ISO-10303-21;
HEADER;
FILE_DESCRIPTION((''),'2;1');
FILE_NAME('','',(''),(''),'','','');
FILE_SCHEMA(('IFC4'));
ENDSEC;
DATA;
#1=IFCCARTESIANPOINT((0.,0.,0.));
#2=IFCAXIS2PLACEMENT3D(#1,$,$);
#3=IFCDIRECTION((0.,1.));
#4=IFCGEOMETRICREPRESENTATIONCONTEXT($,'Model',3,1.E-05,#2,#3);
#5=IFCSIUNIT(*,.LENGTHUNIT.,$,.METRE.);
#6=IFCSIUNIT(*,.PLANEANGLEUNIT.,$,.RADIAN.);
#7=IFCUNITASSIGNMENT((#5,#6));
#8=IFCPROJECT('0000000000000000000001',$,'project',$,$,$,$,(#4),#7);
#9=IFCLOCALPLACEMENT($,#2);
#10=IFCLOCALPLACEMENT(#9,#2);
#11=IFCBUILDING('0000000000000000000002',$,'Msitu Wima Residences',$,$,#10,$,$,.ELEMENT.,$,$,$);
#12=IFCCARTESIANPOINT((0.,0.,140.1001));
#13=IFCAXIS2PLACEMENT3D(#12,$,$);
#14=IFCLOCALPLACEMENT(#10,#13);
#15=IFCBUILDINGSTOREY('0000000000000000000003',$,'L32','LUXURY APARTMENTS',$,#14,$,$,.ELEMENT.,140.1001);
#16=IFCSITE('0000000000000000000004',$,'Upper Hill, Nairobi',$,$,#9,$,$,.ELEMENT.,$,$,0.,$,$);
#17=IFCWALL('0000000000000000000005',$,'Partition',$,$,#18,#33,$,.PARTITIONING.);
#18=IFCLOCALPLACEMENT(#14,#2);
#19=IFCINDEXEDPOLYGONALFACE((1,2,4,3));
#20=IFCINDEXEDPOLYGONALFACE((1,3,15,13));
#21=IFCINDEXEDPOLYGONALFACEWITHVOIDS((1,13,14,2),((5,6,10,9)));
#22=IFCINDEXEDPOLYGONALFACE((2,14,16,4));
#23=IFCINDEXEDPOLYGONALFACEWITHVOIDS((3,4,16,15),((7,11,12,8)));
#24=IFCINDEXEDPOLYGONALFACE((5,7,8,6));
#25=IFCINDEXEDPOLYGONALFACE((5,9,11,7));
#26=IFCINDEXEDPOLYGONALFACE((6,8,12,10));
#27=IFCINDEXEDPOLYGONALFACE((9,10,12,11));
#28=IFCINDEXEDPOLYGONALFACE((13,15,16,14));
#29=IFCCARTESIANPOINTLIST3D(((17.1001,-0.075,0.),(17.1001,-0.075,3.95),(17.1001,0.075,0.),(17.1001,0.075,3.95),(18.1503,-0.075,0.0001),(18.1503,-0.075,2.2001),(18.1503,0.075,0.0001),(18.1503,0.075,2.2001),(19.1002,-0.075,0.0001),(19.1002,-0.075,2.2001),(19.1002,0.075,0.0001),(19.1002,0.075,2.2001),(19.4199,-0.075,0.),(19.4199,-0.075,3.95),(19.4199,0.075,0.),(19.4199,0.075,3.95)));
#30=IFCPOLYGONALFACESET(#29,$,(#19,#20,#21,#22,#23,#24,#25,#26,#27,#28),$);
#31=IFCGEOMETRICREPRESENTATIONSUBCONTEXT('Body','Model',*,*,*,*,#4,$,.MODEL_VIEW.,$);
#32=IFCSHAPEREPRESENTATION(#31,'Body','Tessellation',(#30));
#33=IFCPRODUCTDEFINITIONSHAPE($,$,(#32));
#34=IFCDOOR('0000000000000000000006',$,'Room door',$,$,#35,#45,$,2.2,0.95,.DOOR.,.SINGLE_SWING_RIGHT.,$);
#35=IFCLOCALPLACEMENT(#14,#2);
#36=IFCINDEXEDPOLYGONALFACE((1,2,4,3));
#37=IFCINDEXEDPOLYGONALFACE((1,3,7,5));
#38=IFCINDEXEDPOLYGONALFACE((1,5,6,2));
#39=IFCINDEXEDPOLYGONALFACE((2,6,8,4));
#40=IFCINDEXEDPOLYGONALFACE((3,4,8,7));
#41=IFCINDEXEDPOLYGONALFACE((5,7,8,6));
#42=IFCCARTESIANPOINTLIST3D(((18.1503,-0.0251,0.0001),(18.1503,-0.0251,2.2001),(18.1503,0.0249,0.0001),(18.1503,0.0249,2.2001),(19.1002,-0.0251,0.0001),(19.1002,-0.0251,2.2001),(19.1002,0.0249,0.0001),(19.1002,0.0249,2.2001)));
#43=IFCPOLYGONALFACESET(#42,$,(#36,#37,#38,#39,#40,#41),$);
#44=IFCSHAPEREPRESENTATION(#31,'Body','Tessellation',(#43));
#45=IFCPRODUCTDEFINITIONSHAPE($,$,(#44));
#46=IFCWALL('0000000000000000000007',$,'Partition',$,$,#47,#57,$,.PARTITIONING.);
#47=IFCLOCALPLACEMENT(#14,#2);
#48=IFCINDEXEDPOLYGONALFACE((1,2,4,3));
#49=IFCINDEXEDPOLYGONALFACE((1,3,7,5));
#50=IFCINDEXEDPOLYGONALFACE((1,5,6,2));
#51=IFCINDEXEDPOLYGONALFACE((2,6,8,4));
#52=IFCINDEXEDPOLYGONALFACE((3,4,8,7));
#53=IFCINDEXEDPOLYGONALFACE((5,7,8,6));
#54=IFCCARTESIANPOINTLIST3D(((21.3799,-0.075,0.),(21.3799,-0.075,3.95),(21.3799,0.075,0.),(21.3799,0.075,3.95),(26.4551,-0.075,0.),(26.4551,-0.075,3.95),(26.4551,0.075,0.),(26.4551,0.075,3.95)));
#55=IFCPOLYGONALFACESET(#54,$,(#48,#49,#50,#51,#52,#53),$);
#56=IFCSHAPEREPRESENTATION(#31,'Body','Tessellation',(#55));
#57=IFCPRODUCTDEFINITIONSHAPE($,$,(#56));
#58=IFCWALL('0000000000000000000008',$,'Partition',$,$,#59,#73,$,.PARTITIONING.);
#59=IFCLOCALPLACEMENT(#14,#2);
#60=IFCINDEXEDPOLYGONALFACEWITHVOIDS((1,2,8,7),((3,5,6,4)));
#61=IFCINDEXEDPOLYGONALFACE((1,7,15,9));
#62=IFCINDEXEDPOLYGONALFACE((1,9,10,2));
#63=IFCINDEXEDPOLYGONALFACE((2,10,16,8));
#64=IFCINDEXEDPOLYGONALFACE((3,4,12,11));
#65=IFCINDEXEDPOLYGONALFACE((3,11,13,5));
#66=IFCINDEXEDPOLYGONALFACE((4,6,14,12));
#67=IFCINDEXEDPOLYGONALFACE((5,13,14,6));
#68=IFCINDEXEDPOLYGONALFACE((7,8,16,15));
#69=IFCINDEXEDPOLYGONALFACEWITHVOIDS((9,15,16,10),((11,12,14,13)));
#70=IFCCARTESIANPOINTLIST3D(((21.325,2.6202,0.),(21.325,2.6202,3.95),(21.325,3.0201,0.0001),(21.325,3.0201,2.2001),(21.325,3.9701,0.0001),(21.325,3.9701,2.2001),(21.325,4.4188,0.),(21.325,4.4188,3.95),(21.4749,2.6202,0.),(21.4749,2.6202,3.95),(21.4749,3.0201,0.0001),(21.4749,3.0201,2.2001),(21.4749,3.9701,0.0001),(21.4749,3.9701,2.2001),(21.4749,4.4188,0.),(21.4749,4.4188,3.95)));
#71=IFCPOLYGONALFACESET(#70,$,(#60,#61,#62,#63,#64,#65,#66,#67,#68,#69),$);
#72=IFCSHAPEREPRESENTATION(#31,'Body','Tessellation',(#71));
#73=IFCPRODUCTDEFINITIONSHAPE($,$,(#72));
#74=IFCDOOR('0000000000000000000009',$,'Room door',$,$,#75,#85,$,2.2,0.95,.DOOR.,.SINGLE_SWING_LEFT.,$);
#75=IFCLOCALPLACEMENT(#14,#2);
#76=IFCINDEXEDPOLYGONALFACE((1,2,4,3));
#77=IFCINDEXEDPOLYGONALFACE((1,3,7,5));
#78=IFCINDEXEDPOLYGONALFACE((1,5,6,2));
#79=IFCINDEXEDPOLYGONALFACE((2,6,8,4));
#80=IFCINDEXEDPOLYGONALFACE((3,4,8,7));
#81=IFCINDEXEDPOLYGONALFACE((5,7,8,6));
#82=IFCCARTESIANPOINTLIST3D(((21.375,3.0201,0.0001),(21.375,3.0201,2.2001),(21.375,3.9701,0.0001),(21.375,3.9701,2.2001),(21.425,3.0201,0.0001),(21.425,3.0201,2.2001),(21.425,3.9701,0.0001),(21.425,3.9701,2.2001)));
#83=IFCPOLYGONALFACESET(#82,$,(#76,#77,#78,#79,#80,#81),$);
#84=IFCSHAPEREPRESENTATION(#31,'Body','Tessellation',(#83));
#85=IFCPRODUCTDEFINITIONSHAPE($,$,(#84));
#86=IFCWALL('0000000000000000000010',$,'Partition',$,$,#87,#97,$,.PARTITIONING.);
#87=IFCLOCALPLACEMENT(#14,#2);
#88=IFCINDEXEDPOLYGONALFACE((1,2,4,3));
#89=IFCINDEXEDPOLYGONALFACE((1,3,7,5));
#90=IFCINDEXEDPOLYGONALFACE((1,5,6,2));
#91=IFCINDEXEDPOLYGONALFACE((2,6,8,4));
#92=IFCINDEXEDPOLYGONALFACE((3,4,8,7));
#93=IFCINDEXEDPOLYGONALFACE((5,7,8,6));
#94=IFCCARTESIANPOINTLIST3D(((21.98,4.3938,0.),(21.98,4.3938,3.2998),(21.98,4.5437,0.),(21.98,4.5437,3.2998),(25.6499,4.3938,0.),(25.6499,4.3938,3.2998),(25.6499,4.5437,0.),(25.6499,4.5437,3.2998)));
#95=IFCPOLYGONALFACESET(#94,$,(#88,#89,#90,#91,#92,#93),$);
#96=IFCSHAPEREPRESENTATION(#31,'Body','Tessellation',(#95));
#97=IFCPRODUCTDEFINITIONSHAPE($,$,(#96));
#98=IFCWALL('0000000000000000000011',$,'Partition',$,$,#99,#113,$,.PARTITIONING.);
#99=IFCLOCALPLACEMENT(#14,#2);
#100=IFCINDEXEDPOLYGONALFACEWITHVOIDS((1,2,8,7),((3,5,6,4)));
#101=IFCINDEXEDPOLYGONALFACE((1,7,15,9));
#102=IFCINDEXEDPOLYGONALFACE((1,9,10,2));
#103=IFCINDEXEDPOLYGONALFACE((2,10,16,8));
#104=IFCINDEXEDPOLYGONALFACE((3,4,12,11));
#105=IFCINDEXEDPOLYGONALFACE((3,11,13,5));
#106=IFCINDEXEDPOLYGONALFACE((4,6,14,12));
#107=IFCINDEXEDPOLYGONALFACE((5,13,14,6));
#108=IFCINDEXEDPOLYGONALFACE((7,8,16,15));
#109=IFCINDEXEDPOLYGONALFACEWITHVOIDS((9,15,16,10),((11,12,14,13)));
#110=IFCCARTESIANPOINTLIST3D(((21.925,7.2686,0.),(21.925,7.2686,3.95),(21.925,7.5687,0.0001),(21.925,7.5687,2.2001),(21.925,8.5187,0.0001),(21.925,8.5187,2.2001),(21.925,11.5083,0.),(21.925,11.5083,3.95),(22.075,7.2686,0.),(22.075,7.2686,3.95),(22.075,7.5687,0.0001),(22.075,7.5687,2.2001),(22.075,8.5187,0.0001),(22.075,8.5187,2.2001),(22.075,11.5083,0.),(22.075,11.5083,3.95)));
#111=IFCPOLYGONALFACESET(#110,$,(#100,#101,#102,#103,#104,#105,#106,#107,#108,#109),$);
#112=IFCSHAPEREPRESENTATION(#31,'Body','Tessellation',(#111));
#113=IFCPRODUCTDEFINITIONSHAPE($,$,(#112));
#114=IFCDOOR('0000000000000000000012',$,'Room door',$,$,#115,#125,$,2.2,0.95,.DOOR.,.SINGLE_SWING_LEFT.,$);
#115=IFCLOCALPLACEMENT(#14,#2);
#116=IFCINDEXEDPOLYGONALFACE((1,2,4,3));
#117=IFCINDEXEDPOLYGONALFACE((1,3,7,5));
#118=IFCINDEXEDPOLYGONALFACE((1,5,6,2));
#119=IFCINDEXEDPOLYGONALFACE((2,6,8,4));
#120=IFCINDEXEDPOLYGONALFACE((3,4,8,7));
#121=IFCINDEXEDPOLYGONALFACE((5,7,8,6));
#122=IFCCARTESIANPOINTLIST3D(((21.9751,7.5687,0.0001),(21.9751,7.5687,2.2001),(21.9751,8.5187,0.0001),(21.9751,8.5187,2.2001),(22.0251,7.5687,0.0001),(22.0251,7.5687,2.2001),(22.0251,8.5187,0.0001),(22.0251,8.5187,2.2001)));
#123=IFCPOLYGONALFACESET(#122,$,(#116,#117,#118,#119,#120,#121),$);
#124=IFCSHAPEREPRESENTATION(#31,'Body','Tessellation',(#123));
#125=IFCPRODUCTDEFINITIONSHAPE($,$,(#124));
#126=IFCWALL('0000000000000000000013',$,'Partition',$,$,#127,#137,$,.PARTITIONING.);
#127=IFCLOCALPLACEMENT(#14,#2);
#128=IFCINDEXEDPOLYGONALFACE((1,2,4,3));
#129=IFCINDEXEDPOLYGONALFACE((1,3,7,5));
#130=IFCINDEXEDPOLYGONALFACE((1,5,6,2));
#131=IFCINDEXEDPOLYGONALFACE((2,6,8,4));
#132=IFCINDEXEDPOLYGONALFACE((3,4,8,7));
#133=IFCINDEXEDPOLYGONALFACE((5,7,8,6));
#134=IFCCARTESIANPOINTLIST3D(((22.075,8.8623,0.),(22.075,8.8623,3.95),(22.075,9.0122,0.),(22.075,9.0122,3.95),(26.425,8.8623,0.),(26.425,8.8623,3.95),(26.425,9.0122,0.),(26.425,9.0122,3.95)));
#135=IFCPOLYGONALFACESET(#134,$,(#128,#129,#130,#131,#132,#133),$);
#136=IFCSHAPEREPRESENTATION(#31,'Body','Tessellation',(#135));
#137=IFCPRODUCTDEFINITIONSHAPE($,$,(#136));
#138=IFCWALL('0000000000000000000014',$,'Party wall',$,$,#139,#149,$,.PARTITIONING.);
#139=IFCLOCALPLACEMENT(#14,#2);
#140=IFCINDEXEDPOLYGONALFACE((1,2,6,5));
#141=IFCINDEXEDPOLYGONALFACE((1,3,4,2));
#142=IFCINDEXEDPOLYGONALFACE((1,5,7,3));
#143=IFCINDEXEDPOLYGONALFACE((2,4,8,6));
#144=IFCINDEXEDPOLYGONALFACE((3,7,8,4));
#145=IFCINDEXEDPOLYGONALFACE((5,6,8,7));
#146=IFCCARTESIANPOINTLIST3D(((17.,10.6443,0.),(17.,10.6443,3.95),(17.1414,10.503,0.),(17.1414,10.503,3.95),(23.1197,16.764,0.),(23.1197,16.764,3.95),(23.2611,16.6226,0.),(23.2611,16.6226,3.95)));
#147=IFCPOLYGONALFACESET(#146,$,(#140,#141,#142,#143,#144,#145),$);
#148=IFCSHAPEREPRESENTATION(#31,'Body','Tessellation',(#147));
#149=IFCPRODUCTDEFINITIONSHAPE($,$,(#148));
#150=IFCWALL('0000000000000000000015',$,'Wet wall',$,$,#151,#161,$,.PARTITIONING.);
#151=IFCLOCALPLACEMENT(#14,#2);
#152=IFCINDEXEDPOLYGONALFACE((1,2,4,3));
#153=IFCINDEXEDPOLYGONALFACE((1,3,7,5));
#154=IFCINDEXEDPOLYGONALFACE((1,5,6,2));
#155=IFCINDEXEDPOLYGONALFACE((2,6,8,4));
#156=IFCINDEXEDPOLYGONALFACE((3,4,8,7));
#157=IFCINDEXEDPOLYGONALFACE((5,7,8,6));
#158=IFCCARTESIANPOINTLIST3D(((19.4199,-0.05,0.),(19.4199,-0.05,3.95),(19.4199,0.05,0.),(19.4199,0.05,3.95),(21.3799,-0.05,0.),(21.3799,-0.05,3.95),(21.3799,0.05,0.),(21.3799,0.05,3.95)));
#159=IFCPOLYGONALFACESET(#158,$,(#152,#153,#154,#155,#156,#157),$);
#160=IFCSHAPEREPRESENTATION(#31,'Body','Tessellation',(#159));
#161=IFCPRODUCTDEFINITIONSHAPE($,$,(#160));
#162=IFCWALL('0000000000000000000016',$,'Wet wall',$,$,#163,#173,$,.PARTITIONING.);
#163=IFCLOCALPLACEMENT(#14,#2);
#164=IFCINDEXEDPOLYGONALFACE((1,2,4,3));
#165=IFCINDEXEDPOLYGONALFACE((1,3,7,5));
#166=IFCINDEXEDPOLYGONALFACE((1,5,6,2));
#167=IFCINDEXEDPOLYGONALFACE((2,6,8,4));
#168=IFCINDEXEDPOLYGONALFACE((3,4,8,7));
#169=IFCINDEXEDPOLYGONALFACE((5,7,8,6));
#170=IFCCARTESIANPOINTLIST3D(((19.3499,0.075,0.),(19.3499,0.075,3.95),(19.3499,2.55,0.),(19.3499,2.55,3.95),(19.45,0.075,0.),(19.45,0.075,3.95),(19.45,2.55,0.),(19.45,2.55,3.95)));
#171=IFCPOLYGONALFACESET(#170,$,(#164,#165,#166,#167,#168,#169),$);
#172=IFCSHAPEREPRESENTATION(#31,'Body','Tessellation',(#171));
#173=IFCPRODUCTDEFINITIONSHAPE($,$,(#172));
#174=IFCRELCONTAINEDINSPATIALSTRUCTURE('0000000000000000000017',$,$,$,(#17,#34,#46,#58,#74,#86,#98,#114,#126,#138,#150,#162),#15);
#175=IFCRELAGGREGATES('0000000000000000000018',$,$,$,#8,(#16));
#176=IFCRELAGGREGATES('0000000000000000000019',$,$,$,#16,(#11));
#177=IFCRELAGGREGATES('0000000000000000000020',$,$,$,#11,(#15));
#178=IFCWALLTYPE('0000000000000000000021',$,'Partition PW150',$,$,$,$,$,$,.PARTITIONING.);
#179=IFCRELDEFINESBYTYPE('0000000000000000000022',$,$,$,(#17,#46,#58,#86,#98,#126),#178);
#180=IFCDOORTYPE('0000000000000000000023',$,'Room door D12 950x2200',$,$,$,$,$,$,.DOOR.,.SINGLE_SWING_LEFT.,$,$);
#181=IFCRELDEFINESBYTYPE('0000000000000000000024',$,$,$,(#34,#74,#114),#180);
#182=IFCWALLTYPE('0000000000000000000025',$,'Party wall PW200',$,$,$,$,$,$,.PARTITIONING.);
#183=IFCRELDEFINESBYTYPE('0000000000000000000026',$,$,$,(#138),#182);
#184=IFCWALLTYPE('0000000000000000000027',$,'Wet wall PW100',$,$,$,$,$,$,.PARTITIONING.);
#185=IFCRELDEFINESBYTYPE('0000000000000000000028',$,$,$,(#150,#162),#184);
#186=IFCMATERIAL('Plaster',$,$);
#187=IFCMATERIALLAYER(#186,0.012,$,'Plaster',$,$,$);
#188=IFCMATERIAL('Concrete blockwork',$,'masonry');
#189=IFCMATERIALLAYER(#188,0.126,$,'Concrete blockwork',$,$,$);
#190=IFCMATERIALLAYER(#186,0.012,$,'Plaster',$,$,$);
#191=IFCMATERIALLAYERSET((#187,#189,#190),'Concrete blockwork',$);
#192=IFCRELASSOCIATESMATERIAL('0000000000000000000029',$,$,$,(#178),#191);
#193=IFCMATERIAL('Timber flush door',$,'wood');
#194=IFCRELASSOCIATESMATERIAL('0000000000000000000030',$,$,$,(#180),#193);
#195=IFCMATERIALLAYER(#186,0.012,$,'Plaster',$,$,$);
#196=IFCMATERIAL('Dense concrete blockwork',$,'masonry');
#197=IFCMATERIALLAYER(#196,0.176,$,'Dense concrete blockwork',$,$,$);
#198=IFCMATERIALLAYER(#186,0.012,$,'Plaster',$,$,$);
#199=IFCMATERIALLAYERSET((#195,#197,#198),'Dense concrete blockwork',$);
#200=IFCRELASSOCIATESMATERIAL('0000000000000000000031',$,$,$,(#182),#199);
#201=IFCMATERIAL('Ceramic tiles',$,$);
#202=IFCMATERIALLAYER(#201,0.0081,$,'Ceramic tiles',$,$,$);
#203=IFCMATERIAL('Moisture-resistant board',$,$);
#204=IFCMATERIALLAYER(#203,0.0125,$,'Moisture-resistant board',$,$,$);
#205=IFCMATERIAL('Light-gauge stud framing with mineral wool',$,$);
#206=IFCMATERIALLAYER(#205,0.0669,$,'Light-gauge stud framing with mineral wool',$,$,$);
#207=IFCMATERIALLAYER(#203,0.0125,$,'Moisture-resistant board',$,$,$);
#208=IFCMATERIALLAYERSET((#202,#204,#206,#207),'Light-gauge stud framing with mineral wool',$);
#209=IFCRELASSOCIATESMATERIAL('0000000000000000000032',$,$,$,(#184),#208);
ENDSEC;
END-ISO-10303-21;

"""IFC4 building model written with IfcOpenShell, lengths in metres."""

from ifc_helpers import new_model, si_unit, direction, frame, frame_2d, origin, place, context, subcontext, project, spatial, rectangle, extrude, material, layer, layer_set, type_object, element, fill, save


model = new_model("IFC4")

# Units and contexts
model_context = context("Model", 3, precision=1e-05, world=origin(), true_north=direction((0.0, 1.0)))
body_context = subcontext(model_context, "Body", "Model", "MODEL_VIEW")
ifc_project = project(units=[si_unit("LENGTHUNIT", "METRE"), si_unit("PLANEANGLEUNIT", "RADIAN")], contexts=[model_context])

# Site, building, storey
site_placement = place(None, origin())
site = spatial("IfcSite", under=ifc_project, at=site_placement, Name="Upper Hill, Nairobi", CompositionType="ELEMENT", RefElevation=0.0)
building_placement = place(site_placement, origin())
building = spatial("IfcBuilding", under=site, at=building_placement, Name="Msitu Wima Residences", CompositionType="ELEMENT")
storey_placement = place(building_placement, frame((0.0, 0.0, 140.1001)))
storey = spatial("IfcBuildingStorey", under=building, at=storey_placement, Name="L32", Description="LUXURY APARTMENTS", CompositionType="ELEMENT", Elevation=140.1001)

# Wall, opening, door
ifc_material_1 = material(Name="Plaster")
ifc_layer_1 = layer(ifc_material_1, 0.012, Name="Plaster")
ifc_material_2 = material(Name="Concrete blockwork", Category="masonry")
ifc_layer_2 = layer(ifc_material_2, 0.126, Name="Concrete blockwork")
ifc_layer_3 = layer(ifc_material_1, 0.012, Name="Plaster")
ifc_layer_set_1 = layer_set([ifc_layer_1, ifc_layer_2, ifc_layer_3], Name="Concrete blockwork")
wall_type_1 = type_object("IfcWallType", Name="Partition PW150", PredefinedType="PARTITIONING", material=ifc_layer_set_1)
wall_1_placement = place(storey_placement, frame((17.1001, 0.0, 0.0), z_axis=(0.0, 0.0, 1.0), x_axis=(1.0, 0.0, 0.0)))
wall_1 = element("IfcWall", 1, at=wall_1_placement, inside=storey, type_object=wall_type_1, Name="Partition", PredefinedType="PARTITIONING", context=body_context, shape_type="SweptSolid", body=[
    extrude(rectangle(XDim=2.3198, YDim=0.1499, at=frame_2d((1.1599, 0.0))), origin(), (0.0, 0.0, 1.0), 3.95),
])
opening_1_placement = place(wall_1_placement, frame((1.05, 0.0, 0.0)))
opening_1 = element("IfcOpeningElement", 2, at=opening_1_placement, cuts=wall_1, PredefinedType="OPENING", context=body_context, shape_type="SweptSolid", body=[
    extrude(rectangle(XDim=0.95, YDim=2.2, at=frame_2d((0.4751, 1.1001))), frame((0.0, 0.085, 0.0), z_axis=(0.0, -1.0, 0.0), x_axis=(1.0, 0.0, 0.0)), (0.0, 0.0, 1.0), 0.1699),
])
ifc_material_3 = material(Name="Timber flush door", Category="wood")
door_type_1 = type_object("IfcDoorType", Name="Room door D12 950x2200", OperationType="SINGLE_SWING_LEFT", PredefinedType="DOOR", material=ifc_material_3)
door_1_placement = place(opening_1_placement, origin())
door_1 = element("IfcDoor", 3, at=door_1_placement, inside=storey, type_object=door_type_1, Name="Room door", OperationType="SINGLE_SWING_RIGHT", OverallHeight=2.2, OverallWidth=0.95, PredefinedType="DOOR", context=body_context, shape_type="SweptSolid", body=[
    extrude(rectangle(XDim=0.95, YDim=2.2, at=frame_2d((0.4751, 1.1001))), frame((0.0, 0.0249, 0.0), z_axis=(0.0, -1.0, 0.0), x_axis=(1.0, 0.0, 0.0)), (0.0, 0.0, 1.0), 0.05),
])
fill(opening_1, door_1)

# Wall
wall_2_placement = place(storey_placement, frame((21.3799, 0.0, 0.0), z_axis=(0.0, 0.0, 1.0), x_axis=(1.0, 0.0, 0.0)))
element("IfcWall", 4, at=wall_2_placement, inside=storey, type_object=wall_type_1, Name="Partition", PredefinedType="PARTITIONING", context=body_context, shape_type="SweptSolid", body=[
    extrude(rectangle(XDim=5.0752, YDim=0.1499, at=frame_2d((2.5376, 0.0))), origin(), (0.0, 0.0, 1.0), 3.95),
])

# Wall, opening, door
wall_3_placement = place(storey_placement, frame((21.3999, 2.6201, 0.0), z_axis=(0.0, 0.0, 1.0), x_axis=(0.0, 1.0, 0.0)))
wall_3 = element("IfcWall", 5, at=wall_3_placement, inside=storey, type_object=wall_type_1, Name="Partition", PredefinedType="PARTITIONING", context=body_context, shape_type="SweptSolid", body=[
    extrude(rectangle(XDim=1.7986, YDim=0.1499, at=frame_2d((0.8994, 0.0))), origin(), (0.0, 0.0, 1.0), 3.95),
])
opening_2_placement = place(wall_3_placement, frame((0.3999, 0.0, 0.0)))
opening_2 = element("IfcOpeningElement", 6, at=opening_2_placement, cuts=wall_3, PredefinedType="OPENING", context=body_context, shape_type="SweptSolid", body=[
    extrude(rectangle(XDim=0.95, YDim=2.2, at=frame_2d((0.4751, 1.1001))), frame((0.0, 0.085, 0.0), z_axis=(0.0, -1.0, 0.0), x_axis=(1.0, 0.0, 0.0)), (0.0, 0.0, 1.0), 0.1699),
])
door_2_placement = place(opening_2_placement, origin())
door_2 = element("IfcDoor", 7, at=door_2_placement, inside=storey, type_object=door_type_1, Name="Room door", OperationType="SINGLE_SWING_LEFT", OverallHeight=2.2, OverallWidth=0.95, PredefinedType="DOOR", context=body_context, shape_type="SweptSolid", body=[
    extrude(rectangle(XDim=0.95, YDim=2.2, at=frame_2d((0.4751, 1.1001))), frame((0.0, 0.0249, 0.0), z_axis=(0.0, -1.0, 0.0), x_axis=(1.0, 0.0, 0.0)), (0.0, 0.0, 1.0), 0.05),
])
fill(opening_2, door_2)

# Wall
wall_4_placement = place(storey_placement, frame((21.98, 4.4688, 0.0), z_axis=(0.0, 0.0, 1.0), x_axis=(1.0, 0.0, 0.0)))
element("IfcWall", 8, at=wall_4_placement, inside=storey, type_object=wall_type_1, Name="Partition", PredefinedType="PARTITIONING", context=body_context, shape_type="SweptSolid", body=[
    extrude(rectangle(XDim=3.6699, YDim=0.1499, at=frame_2d((1.835, 0.0))), origin(), (0.0, 0.0, 1.0), 3.2998),
])

# Wall, opening, door
wall_5_placement = place(storey_placement, frame((22.0, 7.2686, 0.0), z_axis=(0.0, 0.0, 1.0), x_axis=(0.0, 1.0, 0.0)))
wall_5 = element("IfcWall", 9, at=wall_5_placement, inside=storey, type_object=wall_type_1, Name="Partition", PredefinedType="PARTITIONING", context=body_context, shape_type="SweptSolid", body=[
    extrude(rectangle(XDim=4.2397, YDim=0.1499, at=frame_2d((2.1199, 0.0))), origin(), (0.0, 0.0, 1.0), 3.95),
])
opening_3_placement = place(wall_5_placement, frame((0.3, 0.0, 0.0)))
opening_3 = element("IfcOpeningElement", 10, at=opening_3_placement, cuts=wall_5, PredefinedType="OPENING", context=body_context, shape_type="SweptSolid", body=[
    extrude(rectangle(XDim=0.95, YDim=2.2, at=frame_2d((0.4751, 1.1001))), frame((0.0, 0.085, 0.0), z_axis=(0.0, -1.0, 0.0), x_axis=(1.0, 0.0, 0.0)), (0.0, 0.0, 1.0), 0.1699),
])
door_3_placement = place(opening_3_placement, origin())
door_3 = element("IfcDoor", 11, at=door_3_placement, inside=storey, type_object=door_type_1, Name="Room door", OperationType="SINGLE_SWING_LEFT", OverallHeight=2.2, OverallWidth=0.95, PredefinedType="DOOR", context=body_context, shape_type="SweptSolid", body=[
    extrude(rectangle(XDim=0.95, YDim=2.2, at=frame_2d((0.4751, 1.1001))), frame((0.0, 0.0249, 0.0), z_axis=(0.0, -1.0, 0.0), x_axis=(1.0, 0.0, 0.0)), (0.0, 0.0, 1.0), 0.05),
])
fill(opening_3, door_3)

# Walls
wall_6_placement = place(storey_placement, frame((22.075, 8.9373, 0.0), z_axis=(0.0, 0.0, 1.0), x_axis=(1.0, 0.0, 0.0)))
element("IfcWall", 12, at=wall_6_placement, inside=storey, type_object=wall_type_1, Name="Partition", PredefinedType="PARTITIONING", context=body_context, shape_type="SweptSolid", body=[
    extrude(rectangle(XDim=4.3501, YDim=0.1499, at=frame_2d((2.175, 0.0))), origin(), (0.0, 0.0, 1.0), 3.95),
])
ifc_layer_4 = layer(ifc_material_1, 0.012, Name="Plaster")
ifc_material_4 = material(Name="Dense concrete blockwork", Category="masonry")
ifc_layer_5 = layer(ifc_material_4, 0.176, Name="Dense concrete blockwork")
ifc_layer_6 = layer(ifc_material_1, 0.012, Name="Plaster")
ifc_layer_set_2 = layer_set([ifc_layer_4, ifc_layer_5, ifc_layer_6], Name="Dense concrete blockwork")
wall_type_2 = type_object("IfcWallType", Name="Party wall PW200", PredefinedType="PARTITIONING", material=ifc_layer_set_2)
wall_7_placement = place(storey_placement, frame((17.0708, 10.5737, 0.0), z_axis=(0.0, 0.0, 1.0), x_axis=(0.707107, 0.707107, 0.0)))
element("IfcWall", 13, at=wall_7_placement, inside=storey, type_object=wall_type_2, Name="Party wall", PredefinedType="PARTITIONING", context=body_context, shape_type="SweptSolid", body=[
    extrude(rectangle(XDim=8.6545, YDim=0.2, at=frame_2d((4.3271, 0.0))), origin(), (0.0, 0.0, 1.0), 3.95),
])
ifc_material_5 = material(Name="Ceramic tiles")
ifc_layer_7 = layer(ifc_material_5, 0.0081, Name="Ceramic tiles")
ifc_material_6 = material(Name="Moisture-resistant board")
ifc_layer_8 = layer(ifc_material_6, 0.0125, Name="Moisture-resistant board")
ifc_material_7 = material(Name="Light-gauge stud framing with mineral wool")
ifc_layer_9 = layer(ifc_material_7, 0.0669, Name="Light-gauge stud framing with mineral wool")
ifc_layer_10 = layer(ifc_material_6, 0.0125, Name="Moisture-resistant board")
ifc_layer_set_3 = layer_set([ifc_layer_7, ifc_layer_8, ifc_layer_9, ifc_layer_10], Name="Light-gauge stud framing with mineral wool")
wall_type_3 = type_object("IfcWallType", Name="Wet wall PW100", PredefinedType="PARTITIONING", material=ifc_layer_set_3)
wall_8_placement = place(storey_placement, frame((19.4199, 0.0, 0.0), z_axis=(0.0, 0.0, 1.0), x_axis=(1.0, 0.0, 0.0)))
element("IfcWall", 14, at=wall_8_placement, inside=storey, type_object=wall_type_3, Name="Wet wall", PredefinedType="PARTITIONING", context=body_context, shape_type="SweptSolid", body=[
    extrude(rectangle(XDim=1.96, YDim=0.1001, at=frame_2d((0.98, 0.0))), origin(), (0.0, 0.0, 1.0), 3.95),
])
wall_9_placement = place(storey_placement, frame((19.3999, 0.075, 0.0), z_axis=(0.0, 0.0, 1.0), x_axis=(0.0, 1.0, 0.0)))
element("IfcWall", 15, at=wall_9_placement, inside=storey, type_object=wall_type_3, Name="Wet wall", PredefinedType="PARTITIONING", context=body_context, shape_type="SweptSolid", body=[
    extrude(rectangle(XDim=2.4751, YDim=0.1001, at=frame_2d((1.2375, 0.0))), origin(), (0.0, 0.0, 1.0), 3.95),
])

save(model, "model.ifc")
